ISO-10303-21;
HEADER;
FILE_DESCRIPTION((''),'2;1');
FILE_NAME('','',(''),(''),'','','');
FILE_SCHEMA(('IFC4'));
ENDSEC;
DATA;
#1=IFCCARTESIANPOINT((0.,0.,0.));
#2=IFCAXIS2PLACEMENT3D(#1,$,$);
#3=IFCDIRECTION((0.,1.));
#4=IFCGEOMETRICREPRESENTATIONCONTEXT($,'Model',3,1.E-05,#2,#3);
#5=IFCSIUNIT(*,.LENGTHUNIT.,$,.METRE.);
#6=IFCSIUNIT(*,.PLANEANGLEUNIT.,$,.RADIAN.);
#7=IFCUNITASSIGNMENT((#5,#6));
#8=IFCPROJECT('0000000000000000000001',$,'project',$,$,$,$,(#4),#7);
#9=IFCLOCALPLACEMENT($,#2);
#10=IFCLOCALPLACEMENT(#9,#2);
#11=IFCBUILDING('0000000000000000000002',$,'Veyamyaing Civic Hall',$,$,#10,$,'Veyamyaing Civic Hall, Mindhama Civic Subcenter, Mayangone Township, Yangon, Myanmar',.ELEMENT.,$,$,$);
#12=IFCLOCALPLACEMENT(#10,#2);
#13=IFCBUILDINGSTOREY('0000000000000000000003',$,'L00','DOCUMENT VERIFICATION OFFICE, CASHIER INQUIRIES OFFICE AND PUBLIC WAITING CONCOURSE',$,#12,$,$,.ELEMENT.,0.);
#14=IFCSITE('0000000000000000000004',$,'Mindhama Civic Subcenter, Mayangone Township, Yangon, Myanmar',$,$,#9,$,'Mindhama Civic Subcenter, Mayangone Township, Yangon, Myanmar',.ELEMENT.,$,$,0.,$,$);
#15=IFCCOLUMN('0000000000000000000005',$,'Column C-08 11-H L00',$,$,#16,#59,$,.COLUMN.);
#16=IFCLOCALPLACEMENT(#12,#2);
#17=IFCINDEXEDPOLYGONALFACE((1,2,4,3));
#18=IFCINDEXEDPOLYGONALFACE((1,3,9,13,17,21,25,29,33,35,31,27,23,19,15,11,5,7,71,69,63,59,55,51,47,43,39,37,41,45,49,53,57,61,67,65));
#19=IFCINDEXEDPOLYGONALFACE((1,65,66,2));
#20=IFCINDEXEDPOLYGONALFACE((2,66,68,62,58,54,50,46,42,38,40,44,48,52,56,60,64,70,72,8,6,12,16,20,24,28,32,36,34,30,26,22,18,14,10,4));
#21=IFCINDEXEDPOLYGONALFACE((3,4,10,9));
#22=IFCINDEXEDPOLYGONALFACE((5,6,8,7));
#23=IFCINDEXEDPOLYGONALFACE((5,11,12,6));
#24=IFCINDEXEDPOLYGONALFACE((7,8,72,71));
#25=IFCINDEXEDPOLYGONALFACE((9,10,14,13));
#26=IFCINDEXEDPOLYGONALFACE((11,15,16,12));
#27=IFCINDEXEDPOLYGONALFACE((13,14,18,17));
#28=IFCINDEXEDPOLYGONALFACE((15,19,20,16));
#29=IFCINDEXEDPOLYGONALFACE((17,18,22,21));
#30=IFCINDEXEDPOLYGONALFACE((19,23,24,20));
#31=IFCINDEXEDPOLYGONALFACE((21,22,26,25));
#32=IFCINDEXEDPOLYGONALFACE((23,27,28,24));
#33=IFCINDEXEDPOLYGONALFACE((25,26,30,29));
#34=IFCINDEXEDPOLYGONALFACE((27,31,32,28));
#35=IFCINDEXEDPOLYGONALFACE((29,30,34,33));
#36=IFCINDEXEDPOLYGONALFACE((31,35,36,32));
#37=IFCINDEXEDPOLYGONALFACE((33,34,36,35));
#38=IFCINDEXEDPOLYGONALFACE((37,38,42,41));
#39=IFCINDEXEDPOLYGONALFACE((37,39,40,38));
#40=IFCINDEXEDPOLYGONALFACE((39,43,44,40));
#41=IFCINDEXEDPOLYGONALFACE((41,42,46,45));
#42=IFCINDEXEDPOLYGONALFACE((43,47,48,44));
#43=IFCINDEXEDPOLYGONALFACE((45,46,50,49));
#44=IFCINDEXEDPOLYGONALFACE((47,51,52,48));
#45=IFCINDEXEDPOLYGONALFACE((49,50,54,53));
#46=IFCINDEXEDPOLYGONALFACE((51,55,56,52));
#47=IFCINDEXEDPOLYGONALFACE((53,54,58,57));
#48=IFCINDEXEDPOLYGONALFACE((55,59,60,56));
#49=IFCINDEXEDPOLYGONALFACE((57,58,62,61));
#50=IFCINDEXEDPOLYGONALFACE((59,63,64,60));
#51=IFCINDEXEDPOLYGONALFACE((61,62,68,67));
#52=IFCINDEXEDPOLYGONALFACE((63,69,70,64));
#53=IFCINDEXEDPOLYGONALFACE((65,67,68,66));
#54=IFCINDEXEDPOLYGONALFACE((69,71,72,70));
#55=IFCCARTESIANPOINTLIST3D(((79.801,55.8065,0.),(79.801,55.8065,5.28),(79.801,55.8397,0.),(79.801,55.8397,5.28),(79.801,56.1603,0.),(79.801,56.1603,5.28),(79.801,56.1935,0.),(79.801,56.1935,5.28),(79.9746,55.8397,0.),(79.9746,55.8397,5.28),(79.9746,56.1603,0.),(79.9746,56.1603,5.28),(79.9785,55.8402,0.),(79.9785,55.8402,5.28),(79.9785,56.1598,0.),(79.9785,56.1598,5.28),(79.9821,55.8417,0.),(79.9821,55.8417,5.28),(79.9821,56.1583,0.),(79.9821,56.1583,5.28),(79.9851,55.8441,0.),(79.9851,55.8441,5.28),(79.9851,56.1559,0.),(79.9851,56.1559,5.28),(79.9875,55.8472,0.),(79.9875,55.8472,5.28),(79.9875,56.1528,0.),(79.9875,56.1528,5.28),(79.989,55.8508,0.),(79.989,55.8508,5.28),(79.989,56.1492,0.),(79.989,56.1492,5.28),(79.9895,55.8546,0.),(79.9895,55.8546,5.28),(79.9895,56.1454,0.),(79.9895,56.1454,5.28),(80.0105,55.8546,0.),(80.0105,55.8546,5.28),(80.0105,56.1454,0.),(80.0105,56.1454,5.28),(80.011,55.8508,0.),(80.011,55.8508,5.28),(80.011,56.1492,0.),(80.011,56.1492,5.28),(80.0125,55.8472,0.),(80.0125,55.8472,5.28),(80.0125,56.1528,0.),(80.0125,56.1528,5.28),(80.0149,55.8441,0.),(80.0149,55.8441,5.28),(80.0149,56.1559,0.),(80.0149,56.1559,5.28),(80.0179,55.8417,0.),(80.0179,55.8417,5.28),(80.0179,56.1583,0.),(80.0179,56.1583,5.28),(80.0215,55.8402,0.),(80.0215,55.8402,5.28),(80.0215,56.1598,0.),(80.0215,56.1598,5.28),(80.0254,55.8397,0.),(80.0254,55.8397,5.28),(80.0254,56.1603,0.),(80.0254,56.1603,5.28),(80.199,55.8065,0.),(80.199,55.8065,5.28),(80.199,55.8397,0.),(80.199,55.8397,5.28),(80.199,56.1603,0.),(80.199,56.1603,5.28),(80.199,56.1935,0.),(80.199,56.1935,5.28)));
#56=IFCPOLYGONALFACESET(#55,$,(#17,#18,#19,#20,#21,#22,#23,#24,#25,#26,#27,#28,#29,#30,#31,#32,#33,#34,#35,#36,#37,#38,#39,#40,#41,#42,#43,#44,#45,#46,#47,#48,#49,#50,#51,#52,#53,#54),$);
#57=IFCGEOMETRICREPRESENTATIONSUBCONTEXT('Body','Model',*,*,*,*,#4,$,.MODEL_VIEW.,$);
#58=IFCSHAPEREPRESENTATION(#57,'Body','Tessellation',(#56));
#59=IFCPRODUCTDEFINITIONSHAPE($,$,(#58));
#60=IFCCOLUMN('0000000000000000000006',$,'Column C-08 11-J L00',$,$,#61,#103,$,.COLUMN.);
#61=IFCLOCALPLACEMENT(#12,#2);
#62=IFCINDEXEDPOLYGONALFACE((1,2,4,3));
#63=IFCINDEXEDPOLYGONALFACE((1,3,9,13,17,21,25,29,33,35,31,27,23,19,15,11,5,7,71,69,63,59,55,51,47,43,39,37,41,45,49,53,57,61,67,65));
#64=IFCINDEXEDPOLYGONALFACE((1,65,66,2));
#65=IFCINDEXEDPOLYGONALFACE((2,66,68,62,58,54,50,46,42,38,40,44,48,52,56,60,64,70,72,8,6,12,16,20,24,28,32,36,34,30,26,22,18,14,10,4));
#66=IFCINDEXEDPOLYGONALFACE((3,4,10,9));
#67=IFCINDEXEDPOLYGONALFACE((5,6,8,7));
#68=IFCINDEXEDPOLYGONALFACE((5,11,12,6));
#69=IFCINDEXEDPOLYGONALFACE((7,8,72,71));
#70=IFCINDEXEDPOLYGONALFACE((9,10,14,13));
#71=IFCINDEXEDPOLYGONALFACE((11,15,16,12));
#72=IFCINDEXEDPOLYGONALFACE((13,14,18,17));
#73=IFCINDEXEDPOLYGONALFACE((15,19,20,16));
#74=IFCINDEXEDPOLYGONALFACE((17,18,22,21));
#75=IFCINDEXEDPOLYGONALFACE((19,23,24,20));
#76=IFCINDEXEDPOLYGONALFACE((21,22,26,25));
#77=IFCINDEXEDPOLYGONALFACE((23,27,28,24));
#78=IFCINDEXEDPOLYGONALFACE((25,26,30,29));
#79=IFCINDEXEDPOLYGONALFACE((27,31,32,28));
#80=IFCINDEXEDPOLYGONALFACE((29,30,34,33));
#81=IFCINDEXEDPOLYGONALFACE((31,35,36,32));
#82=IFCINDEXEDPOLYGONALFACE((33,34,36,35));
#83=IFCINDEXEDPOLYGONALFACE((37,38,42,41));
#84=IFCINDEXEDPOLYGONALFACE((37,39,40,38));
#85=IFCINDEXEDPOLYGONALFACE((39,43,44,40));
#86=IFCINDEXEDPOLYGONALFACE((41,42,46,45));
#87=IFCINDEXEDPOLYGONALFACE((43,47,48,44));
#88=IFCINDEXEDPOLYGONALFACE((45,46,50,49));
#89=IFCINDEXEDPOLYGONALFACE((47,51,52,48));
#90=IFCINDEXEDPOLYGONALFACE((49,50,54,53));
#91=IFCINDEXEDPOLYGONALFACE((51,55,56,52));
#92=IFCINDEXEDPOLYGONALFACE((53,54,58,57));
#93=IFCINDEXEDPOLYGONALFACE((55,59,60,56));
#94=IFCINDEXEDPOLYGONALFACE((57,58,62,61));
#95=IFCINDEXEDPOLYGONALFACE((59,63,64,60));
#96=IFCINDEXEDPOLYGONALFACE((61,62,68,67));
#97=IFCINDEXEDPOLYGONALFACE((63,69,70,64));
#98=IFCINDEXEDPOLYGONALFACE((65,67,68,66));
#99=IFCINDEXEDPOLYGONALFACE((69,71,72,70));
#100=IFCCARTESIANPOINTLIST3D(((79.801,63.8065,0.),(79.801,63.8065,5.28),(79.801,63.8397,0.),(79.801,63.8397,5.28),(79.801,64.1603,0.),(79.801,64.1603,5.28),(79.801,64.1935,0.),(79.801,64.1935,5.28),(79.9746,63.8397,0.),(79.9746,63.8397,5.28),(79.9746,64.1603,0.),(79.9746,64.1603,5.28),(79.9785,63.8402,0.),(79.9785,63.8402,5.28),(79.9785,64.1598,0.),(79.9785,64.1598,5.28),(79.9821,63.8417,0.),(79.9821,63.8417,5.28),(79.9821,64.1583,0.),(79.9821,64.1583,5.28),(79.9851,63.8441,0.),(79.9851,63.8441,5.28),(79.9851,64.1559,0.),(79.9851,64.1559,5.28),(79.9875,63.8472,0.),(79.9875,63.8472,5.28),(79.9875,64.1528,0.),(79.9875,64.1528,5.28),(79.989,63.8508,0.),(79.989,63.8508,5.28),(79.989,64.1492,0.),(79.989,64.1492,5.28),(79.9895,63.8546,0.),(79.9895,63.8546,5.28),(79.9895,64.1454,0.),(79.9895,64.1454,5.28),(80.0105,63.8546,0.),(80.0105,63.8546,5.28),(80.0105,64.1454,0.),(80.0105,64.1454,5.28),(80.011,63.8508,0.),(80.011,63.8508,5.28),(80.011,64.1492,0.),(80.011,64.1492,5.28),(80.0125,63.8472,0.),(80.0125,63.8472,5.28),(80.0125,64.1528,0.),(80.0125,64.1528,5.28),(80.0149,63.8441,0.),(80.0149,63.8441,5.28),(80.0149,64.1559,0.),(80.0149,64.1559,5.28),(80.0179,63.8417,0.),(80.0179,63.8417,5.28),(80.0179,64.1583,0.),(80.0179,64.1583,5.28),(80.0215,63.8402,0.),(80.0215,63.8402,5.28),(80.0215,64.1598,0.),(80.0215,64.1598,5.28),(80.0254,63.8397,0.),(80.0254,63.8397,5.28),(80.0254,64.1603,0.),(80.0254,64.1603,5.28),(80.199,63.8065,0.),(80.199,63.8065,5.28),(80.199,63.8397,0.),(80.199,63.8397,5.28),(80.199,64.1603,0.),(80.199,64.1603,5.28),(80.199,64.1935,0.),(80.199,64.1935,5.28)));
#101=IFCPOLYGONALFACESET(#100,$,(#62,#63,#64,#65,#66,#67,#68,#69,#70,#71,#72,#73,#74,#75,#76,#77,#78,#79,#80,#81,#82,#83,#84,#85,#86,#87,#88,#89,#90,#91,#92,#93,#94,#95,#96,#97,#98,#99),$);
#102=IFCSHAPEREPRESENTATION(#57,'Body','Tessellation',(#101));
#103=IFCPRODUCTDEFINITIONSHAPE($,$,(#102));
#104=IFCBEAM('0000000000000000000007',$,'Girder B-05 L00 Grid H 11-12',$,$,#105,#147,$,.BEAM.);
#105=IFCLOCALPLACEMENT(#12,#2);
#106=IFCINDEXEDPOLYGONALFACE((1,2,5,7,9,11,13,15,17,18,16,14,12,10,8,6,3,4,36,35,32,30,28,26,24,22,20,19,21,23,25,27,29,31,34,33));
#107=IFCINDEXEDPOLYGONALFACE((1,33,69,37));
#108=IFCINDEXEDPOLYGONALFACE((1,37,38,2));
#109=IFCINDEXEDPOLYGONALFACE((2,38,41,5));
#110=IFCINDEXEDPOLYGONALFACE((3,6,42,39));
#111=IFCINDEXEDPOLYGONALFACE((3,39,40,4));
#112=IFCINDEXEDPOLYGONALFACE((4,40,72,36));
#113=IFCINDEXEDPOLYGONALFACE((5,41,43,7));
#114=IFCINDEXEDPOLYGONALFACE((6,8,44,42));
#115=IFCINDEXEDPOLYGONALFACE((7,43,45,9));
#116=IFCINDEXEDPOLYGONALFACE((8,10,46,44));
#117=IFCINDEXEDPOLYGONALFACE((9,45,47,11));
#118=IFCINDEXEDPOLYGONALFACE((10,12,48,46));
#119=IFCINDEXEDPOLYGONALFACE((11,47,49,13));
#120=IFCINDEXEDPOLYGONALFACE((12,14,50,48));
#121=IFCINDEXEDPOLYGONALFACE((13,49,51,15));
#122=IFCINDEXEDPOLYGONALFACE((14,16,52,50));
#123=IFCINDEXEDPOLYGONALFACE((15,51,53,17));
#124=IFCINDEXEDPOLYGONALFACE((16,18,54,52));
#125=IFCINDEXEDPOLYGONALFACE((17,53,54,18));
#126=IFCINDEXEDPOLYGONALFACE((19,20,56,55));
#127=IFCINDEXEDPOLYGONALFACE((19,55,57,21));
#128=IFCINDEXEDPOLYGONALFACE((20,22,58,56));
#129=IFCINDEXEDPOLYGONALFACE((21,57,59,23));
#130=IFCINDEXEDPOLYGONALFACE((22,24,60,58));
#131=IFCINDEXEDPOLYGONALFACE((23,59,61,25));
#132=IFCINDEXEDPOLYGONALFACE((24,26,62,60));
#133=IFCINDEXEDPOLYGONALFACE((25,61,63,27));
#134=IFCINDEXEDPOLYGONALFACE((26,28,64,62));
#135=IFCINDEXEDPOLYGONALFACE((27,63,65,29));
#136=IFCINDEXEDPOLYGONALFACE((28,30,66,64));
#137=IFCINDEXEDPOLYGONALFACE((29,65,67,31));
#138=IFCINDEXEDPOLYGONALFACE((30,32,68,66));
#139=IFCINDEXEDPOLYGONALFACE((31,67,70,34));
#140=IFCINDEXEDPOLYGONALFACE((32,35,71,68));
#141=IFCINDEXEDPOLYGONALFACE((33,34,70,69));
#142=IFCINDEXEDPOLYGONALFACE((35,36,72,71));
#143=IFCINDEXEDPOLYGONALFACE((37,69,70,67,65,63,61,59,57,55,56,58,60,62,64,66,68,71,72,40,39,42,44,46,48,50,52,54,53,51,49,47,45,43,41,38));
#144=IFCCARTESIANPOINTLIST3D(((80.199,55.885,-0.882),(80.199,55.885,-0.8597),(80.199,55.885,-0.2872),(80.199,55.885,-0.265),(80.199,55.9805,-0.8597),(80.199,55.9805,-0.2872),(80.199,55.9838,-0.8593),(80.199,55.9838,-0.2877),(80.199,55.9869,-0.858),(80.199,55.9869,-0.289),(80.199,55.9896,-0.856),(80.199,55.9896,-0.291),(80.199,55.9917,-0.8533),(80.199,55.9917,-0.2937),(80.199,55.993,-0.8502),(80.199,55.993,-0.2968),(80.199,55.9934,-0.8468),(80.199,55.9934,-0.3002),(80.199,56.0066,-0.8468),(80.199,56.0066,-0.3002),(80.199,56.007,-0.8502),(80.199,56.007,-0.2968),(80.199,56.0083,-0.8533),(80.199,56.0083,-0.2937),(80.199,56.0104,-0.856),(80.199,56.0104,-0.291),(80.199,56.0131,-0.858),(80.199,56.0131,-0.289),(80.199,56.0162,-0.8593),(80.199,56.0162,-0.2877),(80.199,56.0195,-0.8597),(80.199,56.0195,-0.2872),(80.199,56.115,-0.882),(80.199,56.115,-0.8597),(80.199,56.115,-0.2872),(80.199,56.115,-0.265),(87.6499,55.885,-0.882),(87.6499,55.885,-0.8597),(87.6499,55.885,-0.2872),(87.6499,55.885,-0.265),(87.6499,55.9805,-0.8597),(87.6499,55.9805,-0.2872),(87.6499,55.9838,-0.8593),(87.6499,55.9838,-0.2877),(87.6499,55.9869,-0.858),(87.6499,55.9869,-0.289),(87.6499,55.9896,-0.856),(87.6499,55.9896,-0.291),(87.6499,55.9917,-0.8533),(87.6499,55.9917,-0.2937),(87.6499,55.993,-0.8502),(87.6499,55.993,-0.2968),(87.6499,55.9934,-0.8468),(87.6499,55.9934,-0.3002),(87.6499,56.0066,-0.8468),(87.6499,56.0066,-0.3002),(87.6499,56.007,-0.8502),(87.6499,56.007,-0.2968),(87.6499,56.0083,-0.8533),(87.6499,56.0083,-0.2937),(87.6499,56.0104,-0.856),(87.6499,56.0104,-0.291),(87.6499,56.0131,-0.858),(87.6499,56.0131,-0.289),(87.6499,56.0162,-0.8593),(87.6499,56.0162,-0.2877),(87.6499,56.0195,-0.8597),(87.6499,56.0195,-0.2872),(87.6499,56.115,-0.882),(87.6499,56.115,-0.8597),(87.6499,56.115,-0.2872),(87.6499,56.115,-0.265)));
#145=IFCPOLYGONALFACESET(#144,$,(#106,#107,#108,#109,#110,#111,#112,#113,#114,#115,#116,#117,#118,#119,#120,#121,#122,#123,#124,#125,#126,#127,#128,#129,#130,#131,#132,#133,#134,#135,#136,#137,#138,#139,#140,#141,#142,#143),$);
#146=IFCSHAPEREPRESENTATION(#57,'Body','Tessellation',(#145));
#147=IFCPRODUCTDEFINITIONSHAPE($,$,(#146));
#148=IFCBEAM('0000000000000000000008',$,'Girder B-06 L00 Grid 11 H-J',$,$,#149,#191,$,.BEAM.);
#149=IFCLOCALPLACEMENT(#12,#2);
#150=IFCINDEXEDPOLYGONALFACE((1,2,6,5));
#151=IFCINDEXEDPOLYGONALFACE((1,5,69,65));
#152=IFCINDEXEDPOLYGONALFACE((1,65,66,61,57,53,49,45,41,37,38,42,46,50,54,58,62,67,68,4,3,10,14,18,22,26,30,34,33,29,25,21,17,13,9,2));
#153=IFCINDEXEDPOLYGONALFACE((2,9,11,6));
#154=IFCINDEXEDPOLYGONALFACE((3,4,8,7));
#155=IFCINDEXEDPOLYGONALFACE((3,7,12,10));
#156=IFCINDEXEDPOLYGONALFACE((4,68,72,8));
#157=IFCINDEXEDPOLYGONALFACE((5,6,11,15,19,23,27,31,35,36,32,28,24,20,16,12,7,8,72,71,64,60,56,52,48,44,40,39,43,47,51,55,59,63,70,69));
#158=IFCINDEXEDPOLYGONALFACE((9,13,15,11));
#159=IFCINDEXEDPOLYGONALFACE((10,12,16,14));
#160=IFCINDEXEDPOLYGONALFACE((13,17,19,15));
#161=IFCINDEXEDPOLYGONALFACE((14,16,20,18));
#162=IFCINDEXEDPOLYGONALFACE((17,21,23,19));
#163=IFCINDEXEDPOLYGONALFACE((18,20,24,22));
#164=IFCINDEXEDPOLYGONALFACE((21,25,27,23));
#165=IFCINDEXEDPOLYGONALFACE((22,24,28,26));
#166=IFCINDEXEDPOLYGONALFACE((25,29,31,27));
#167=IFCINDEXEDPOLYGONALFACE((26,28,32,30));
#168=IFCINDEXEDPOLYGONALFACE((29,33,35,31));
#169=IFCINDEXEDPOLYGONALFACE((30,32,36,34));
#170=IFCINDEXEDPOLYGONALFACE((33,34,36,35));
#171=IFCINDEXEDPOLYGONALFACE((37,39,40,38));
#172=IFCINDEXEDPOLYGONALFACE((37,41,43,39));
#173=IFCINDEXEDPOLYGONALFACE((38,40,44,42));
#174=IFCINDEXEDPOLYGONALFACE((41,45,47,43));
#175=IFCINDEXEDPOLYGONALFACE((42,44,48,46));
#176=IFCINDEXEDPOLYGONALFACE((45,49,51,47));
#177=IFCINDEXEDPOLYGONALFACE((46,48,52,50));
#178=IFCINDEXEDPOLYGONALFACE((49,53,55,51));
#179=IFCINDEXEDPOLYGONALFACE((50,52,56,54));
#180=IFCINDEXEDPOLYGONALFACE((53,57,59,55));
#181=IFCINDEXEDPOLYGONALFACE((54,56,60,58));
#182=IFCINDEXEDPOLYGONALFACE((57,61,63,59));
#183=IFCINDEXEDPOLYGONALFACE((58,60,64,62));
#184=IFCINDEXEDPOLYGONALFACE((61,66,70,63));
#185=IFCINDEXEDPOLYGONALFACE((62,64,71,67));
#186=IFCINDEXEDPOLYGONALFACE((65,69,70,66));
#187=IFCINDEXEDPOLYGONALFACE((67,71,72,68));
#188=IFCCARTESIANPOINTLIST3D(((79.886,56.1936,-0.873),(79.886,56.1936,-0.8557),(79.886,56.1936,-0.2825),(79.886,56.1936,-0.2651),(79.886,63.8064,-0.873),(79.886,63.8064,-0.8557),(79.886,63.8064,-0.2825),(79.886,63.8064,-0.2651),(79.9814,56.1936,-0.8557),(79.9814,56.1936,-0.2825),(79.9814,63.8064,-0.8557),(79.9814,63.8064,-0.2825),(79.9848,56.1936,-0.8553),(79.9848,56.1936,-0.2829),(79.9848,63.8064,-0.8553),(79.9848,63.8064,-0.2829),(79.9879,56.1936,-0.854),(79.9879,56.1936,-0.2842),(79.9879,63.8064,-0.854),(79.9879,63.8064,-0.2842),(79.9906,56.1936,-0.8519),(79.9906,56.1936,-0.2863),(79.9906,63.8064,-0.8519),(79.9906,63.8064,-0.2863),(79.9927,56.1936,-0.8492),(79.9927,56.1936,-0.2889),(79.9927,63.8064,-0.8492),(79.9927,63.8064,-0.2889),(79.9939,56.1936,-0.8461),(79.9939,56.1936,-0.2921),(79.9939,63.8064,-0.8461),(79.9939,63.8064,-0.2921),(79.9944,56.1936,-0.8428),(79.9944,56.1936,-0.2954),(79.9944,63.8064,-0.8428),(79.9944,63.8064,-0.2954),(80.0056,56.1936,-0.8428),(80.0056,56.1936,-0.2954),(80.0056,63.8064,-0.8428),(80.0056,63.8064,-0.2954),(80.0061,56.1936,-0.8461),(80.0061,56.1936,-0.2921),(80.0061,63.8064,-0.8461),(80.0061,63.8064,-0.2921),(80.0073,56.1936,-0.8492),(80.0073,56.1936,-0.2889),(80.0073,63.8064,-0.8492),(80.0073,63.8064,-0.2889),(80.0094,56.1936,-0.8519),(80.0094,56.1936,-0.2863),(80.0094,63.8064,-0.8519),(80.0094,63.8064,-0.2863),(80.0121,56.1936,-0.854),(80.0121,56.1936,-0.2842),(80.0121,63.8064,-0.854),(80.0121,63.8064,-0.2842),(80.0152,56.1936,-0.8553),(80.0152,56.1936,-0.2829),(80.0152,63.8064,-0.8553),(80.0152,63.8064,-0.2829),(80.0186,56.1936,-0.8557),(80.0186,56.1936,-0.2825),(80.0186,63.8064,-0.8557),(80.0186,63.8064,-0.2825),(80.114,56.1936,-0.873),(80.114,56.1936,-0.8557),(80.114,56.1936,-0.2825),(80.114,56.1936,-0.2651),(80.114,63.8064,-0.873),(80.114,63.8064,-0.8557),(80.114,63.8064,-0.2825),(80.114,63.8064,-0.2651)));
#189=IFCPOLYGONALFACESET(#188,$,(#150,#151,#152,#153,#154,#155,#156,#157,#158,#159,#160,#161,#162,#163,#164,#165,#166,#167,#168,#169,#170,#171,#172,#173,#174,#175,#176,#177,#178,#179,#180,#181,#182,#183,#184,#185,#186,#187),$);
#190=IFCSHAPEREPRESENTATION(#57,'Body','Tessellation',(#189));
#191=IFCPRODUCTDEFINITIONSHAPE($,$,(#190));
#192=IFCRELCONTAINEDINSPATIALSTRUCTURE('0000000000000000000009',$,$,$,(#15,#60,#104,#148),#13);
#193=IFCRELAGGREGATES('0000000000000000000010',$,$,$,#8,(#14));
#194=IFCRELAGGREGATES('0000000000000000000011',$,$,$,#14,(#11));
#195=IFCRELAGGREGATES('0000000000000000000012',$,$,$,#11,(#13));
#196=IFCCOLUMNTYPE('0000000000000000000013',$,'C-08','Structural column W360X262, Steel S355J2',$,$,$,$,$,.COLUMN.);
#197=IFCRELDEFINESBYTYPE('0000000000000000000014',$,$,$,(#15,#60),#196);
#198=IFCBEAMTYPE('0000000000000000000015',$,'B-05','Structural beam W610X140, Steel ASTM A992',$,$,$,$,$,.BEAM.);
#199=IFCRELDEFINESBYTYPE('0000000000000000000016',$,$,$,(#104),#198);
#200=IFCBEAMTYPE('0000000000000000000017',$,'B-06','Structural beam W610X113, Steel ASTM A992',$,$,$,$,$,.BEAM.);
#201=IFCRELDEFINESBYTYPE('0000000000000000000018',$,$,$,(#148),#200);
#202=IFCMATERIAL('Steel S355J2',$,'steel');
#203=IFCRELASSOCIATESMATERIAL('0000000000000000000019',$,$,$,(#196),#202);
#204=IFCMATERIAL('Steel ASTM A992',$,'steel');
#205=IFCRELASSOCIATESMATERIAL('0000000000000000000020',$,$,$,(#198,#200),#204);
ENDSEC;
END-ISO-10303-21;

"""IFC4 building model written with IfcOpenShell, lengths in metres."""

from ifc_helpers import new_model, si_unit, direction, frame, origin, origin_2d, place, context, subcontext, project, spatial, i_section, extrude, material, material_profile, profile_set, type_object, element, save


model = new_model("IFC4")

# Units and contexts
model_context = context("Model", 3, precision=1e-05, world=origin(), true_north=direction((0.0, 1.0)))
body_context = subcontext(model_context, "Body", "Model", "MODEL_VIEW")
ifc_project = project(units=[si_unit("LENGTHUNIT", "METRE"), si_unit("PLANEANGLEUNIT", "RADIAN")], contexts=[model_context])

# Site, building, storey
site_placement = place(None, origin())
site = spatial("IfcSite", under=ifc_project, at=site_placement, Name="Mindhama Civic Subcenter, Mayangone Township, Yangon, Myanmar", LongName="Mindhama Civic Subcenter, Mayangone Township, Yangon, Myanmar", CompositionType="ELEMENT", RefElevation=0.0)
building_placement = place(site_placement, origin())
building = spatial("IfcBuilding", under=site, at=building_placement, Name="Veyamyaing Civic Hall", LongName="Veyamyaing Civic Hall, Mindhama Civic Subcenter, Mayangone Township, Yangon, Myanmar", CompositionType="ELEMENT")
storey_placement = place(building_placement, origin())
storey = spatial("IfcBuildingStorey", under=building, at=storey_placement, Name="L00", Description="DOCUMENT VERIFICATION OFFICE, CASHIER INQUIRIES OFFICE AND PUBLIC WAITING CONCOURSE", CompositionType="ELEMENT", Elevation=0.0)

# Columns
ifc_material_1 = material(Name="Steel S355J2", Category="steel")
ifc_material_profile_1 = material_profile(ifc_material_1, i_section(OverallWidth=0.3979, OverallDepth=0.387, WebThickness=0.021, FlangeThickness=0.0332, FilletRadius=0.0149, at=origin_2d()), Name="W360X262")
ifc_profile_set_1 = profile_set([ifc_material_profile_1], Name="Steel S355J2")
column_type = type_object("IfcColumnType", Name="C-08", Description="Structural column W360X262, Steel S355J2", PredefinedType="COLUMN", material=ifc_profile_set_1)
for number, where, z_axis, x_axis, name in (
    (1, (80.0, 56.0, 0.0), (0.0, 0.0, 1.0), (1.0, 0.0, 0.0), "Column C-08 11-H L00"),
    (2, (80.0, 64.0, 0.0), (0.0, 0.0, 1.0), (1.0, 0.0, 0.0), "Column C-08 11-J L00"),
):
    element("IfcColumn", number, at=place(storey_placement, frame(where, z_axis=z_axis, x_axis=x_axis)), inside=storey, type_object=column_type, Name=name, PredefinedType="COLUMN", context=body_context, shape_type="SweptSolid", body=[
        extrude(i_section(OverallWidth=0.3979, OverallDepth=0.387, WebThickness=0.021, FlangeThickness=0.0332, FilletRadius=0.0149, at=origin_2d()), origin(), (0.0, 0.0, 1.0), 5.28),
    ])

# Beams
ifc_material_2 = material(Name="Steel ASTM A992", Category="steel")
ifc_material_profile_2 = material_profile(ifc_material_2, i_section(OverallWidth=0.23, OverallDepth=0.6169, WebThickness=0.0132, FlangeThickness=0.0222, FilletRadius=0.0129, at=origin_2d()), Name="W610X140")
ifc_profile_set_2 = profile_set([ifc_material_profile_2], Name="Steel ASTM A992")
beam_type_1 = type_object("IfcBeamType", Name="B-05", Description="Structural beam W610X140, Steel ASTM A992", PredefinedType="BEAM", material=ifc_profile_set_2)
beam_1_placement = place(storey_placement, frame((80.199, 56.0, -0.5735), z_axis=(1.0, 0.0, 0.0), x_axis=(0.0, 1.0, 0.0)))
element("IfcBeam", 3, at=beam_1_placement, inside=storey, type_object=beam_type_1, Name="Girder B-05 L00 Grid H 11-12", PredefinedType="BEAM", context=body_context, shape_type="SweptSolid", body=[
    extrude(i_section(OverallWidth=0.23, OverallDepth=0.6169, WebThickness=0.0132, FlangeThickness=0.0222, FilletRadius=0.0129, at=origin_2d()), origin(), (0.0, 0.0, 1.0), 7.4509),
])
ifc_material_profile_3 = material_profile(ifc_material_2, i_section(OverallWidth=0.228, OverallDepth=0.6079, WebThickness=0.0112, FlangeThickness=0.0173, FilletRadius=0.0129, at=origin_2d()), Name="W610X113")
ifc_profile_set_3 = profile_set([ifc_material_profile_3], Name="Steel ASTM A992")
beam_type_2 = type_object("IfcBeamType", Name="B-06", Description="Structural beam W610X113, Steel ASTM A992", PredefinedType="BEAM", material=ifc_profile_set_3)
beam_2_placement = place(storey_placement, frame((80.0, 56.1936, -0.5691), z_axis=(0.0, 1.0, 0.0), x_axis=(-1.0, 0.0, 0.0)))
element("IfcBeam", 4, at=beam_2_placement, inside=storey, type_object=beam_type_2, Name="Girder B-06 L00 Grid 11 H-J", PredefinedType="BEAM", context=body_context, shape_type="SweptSolid", body=[
    extrude(i_section(OverallWidth=0.228, OverallDepth=0.6079, WebThickness=0.0112, FlangeThickness=0.0173, FilletRadius=0.0129, at=origin_2d()), origin(), (0.0, 0.0, 1.0), 7.6128),
])

save(model, "model.ifc")
